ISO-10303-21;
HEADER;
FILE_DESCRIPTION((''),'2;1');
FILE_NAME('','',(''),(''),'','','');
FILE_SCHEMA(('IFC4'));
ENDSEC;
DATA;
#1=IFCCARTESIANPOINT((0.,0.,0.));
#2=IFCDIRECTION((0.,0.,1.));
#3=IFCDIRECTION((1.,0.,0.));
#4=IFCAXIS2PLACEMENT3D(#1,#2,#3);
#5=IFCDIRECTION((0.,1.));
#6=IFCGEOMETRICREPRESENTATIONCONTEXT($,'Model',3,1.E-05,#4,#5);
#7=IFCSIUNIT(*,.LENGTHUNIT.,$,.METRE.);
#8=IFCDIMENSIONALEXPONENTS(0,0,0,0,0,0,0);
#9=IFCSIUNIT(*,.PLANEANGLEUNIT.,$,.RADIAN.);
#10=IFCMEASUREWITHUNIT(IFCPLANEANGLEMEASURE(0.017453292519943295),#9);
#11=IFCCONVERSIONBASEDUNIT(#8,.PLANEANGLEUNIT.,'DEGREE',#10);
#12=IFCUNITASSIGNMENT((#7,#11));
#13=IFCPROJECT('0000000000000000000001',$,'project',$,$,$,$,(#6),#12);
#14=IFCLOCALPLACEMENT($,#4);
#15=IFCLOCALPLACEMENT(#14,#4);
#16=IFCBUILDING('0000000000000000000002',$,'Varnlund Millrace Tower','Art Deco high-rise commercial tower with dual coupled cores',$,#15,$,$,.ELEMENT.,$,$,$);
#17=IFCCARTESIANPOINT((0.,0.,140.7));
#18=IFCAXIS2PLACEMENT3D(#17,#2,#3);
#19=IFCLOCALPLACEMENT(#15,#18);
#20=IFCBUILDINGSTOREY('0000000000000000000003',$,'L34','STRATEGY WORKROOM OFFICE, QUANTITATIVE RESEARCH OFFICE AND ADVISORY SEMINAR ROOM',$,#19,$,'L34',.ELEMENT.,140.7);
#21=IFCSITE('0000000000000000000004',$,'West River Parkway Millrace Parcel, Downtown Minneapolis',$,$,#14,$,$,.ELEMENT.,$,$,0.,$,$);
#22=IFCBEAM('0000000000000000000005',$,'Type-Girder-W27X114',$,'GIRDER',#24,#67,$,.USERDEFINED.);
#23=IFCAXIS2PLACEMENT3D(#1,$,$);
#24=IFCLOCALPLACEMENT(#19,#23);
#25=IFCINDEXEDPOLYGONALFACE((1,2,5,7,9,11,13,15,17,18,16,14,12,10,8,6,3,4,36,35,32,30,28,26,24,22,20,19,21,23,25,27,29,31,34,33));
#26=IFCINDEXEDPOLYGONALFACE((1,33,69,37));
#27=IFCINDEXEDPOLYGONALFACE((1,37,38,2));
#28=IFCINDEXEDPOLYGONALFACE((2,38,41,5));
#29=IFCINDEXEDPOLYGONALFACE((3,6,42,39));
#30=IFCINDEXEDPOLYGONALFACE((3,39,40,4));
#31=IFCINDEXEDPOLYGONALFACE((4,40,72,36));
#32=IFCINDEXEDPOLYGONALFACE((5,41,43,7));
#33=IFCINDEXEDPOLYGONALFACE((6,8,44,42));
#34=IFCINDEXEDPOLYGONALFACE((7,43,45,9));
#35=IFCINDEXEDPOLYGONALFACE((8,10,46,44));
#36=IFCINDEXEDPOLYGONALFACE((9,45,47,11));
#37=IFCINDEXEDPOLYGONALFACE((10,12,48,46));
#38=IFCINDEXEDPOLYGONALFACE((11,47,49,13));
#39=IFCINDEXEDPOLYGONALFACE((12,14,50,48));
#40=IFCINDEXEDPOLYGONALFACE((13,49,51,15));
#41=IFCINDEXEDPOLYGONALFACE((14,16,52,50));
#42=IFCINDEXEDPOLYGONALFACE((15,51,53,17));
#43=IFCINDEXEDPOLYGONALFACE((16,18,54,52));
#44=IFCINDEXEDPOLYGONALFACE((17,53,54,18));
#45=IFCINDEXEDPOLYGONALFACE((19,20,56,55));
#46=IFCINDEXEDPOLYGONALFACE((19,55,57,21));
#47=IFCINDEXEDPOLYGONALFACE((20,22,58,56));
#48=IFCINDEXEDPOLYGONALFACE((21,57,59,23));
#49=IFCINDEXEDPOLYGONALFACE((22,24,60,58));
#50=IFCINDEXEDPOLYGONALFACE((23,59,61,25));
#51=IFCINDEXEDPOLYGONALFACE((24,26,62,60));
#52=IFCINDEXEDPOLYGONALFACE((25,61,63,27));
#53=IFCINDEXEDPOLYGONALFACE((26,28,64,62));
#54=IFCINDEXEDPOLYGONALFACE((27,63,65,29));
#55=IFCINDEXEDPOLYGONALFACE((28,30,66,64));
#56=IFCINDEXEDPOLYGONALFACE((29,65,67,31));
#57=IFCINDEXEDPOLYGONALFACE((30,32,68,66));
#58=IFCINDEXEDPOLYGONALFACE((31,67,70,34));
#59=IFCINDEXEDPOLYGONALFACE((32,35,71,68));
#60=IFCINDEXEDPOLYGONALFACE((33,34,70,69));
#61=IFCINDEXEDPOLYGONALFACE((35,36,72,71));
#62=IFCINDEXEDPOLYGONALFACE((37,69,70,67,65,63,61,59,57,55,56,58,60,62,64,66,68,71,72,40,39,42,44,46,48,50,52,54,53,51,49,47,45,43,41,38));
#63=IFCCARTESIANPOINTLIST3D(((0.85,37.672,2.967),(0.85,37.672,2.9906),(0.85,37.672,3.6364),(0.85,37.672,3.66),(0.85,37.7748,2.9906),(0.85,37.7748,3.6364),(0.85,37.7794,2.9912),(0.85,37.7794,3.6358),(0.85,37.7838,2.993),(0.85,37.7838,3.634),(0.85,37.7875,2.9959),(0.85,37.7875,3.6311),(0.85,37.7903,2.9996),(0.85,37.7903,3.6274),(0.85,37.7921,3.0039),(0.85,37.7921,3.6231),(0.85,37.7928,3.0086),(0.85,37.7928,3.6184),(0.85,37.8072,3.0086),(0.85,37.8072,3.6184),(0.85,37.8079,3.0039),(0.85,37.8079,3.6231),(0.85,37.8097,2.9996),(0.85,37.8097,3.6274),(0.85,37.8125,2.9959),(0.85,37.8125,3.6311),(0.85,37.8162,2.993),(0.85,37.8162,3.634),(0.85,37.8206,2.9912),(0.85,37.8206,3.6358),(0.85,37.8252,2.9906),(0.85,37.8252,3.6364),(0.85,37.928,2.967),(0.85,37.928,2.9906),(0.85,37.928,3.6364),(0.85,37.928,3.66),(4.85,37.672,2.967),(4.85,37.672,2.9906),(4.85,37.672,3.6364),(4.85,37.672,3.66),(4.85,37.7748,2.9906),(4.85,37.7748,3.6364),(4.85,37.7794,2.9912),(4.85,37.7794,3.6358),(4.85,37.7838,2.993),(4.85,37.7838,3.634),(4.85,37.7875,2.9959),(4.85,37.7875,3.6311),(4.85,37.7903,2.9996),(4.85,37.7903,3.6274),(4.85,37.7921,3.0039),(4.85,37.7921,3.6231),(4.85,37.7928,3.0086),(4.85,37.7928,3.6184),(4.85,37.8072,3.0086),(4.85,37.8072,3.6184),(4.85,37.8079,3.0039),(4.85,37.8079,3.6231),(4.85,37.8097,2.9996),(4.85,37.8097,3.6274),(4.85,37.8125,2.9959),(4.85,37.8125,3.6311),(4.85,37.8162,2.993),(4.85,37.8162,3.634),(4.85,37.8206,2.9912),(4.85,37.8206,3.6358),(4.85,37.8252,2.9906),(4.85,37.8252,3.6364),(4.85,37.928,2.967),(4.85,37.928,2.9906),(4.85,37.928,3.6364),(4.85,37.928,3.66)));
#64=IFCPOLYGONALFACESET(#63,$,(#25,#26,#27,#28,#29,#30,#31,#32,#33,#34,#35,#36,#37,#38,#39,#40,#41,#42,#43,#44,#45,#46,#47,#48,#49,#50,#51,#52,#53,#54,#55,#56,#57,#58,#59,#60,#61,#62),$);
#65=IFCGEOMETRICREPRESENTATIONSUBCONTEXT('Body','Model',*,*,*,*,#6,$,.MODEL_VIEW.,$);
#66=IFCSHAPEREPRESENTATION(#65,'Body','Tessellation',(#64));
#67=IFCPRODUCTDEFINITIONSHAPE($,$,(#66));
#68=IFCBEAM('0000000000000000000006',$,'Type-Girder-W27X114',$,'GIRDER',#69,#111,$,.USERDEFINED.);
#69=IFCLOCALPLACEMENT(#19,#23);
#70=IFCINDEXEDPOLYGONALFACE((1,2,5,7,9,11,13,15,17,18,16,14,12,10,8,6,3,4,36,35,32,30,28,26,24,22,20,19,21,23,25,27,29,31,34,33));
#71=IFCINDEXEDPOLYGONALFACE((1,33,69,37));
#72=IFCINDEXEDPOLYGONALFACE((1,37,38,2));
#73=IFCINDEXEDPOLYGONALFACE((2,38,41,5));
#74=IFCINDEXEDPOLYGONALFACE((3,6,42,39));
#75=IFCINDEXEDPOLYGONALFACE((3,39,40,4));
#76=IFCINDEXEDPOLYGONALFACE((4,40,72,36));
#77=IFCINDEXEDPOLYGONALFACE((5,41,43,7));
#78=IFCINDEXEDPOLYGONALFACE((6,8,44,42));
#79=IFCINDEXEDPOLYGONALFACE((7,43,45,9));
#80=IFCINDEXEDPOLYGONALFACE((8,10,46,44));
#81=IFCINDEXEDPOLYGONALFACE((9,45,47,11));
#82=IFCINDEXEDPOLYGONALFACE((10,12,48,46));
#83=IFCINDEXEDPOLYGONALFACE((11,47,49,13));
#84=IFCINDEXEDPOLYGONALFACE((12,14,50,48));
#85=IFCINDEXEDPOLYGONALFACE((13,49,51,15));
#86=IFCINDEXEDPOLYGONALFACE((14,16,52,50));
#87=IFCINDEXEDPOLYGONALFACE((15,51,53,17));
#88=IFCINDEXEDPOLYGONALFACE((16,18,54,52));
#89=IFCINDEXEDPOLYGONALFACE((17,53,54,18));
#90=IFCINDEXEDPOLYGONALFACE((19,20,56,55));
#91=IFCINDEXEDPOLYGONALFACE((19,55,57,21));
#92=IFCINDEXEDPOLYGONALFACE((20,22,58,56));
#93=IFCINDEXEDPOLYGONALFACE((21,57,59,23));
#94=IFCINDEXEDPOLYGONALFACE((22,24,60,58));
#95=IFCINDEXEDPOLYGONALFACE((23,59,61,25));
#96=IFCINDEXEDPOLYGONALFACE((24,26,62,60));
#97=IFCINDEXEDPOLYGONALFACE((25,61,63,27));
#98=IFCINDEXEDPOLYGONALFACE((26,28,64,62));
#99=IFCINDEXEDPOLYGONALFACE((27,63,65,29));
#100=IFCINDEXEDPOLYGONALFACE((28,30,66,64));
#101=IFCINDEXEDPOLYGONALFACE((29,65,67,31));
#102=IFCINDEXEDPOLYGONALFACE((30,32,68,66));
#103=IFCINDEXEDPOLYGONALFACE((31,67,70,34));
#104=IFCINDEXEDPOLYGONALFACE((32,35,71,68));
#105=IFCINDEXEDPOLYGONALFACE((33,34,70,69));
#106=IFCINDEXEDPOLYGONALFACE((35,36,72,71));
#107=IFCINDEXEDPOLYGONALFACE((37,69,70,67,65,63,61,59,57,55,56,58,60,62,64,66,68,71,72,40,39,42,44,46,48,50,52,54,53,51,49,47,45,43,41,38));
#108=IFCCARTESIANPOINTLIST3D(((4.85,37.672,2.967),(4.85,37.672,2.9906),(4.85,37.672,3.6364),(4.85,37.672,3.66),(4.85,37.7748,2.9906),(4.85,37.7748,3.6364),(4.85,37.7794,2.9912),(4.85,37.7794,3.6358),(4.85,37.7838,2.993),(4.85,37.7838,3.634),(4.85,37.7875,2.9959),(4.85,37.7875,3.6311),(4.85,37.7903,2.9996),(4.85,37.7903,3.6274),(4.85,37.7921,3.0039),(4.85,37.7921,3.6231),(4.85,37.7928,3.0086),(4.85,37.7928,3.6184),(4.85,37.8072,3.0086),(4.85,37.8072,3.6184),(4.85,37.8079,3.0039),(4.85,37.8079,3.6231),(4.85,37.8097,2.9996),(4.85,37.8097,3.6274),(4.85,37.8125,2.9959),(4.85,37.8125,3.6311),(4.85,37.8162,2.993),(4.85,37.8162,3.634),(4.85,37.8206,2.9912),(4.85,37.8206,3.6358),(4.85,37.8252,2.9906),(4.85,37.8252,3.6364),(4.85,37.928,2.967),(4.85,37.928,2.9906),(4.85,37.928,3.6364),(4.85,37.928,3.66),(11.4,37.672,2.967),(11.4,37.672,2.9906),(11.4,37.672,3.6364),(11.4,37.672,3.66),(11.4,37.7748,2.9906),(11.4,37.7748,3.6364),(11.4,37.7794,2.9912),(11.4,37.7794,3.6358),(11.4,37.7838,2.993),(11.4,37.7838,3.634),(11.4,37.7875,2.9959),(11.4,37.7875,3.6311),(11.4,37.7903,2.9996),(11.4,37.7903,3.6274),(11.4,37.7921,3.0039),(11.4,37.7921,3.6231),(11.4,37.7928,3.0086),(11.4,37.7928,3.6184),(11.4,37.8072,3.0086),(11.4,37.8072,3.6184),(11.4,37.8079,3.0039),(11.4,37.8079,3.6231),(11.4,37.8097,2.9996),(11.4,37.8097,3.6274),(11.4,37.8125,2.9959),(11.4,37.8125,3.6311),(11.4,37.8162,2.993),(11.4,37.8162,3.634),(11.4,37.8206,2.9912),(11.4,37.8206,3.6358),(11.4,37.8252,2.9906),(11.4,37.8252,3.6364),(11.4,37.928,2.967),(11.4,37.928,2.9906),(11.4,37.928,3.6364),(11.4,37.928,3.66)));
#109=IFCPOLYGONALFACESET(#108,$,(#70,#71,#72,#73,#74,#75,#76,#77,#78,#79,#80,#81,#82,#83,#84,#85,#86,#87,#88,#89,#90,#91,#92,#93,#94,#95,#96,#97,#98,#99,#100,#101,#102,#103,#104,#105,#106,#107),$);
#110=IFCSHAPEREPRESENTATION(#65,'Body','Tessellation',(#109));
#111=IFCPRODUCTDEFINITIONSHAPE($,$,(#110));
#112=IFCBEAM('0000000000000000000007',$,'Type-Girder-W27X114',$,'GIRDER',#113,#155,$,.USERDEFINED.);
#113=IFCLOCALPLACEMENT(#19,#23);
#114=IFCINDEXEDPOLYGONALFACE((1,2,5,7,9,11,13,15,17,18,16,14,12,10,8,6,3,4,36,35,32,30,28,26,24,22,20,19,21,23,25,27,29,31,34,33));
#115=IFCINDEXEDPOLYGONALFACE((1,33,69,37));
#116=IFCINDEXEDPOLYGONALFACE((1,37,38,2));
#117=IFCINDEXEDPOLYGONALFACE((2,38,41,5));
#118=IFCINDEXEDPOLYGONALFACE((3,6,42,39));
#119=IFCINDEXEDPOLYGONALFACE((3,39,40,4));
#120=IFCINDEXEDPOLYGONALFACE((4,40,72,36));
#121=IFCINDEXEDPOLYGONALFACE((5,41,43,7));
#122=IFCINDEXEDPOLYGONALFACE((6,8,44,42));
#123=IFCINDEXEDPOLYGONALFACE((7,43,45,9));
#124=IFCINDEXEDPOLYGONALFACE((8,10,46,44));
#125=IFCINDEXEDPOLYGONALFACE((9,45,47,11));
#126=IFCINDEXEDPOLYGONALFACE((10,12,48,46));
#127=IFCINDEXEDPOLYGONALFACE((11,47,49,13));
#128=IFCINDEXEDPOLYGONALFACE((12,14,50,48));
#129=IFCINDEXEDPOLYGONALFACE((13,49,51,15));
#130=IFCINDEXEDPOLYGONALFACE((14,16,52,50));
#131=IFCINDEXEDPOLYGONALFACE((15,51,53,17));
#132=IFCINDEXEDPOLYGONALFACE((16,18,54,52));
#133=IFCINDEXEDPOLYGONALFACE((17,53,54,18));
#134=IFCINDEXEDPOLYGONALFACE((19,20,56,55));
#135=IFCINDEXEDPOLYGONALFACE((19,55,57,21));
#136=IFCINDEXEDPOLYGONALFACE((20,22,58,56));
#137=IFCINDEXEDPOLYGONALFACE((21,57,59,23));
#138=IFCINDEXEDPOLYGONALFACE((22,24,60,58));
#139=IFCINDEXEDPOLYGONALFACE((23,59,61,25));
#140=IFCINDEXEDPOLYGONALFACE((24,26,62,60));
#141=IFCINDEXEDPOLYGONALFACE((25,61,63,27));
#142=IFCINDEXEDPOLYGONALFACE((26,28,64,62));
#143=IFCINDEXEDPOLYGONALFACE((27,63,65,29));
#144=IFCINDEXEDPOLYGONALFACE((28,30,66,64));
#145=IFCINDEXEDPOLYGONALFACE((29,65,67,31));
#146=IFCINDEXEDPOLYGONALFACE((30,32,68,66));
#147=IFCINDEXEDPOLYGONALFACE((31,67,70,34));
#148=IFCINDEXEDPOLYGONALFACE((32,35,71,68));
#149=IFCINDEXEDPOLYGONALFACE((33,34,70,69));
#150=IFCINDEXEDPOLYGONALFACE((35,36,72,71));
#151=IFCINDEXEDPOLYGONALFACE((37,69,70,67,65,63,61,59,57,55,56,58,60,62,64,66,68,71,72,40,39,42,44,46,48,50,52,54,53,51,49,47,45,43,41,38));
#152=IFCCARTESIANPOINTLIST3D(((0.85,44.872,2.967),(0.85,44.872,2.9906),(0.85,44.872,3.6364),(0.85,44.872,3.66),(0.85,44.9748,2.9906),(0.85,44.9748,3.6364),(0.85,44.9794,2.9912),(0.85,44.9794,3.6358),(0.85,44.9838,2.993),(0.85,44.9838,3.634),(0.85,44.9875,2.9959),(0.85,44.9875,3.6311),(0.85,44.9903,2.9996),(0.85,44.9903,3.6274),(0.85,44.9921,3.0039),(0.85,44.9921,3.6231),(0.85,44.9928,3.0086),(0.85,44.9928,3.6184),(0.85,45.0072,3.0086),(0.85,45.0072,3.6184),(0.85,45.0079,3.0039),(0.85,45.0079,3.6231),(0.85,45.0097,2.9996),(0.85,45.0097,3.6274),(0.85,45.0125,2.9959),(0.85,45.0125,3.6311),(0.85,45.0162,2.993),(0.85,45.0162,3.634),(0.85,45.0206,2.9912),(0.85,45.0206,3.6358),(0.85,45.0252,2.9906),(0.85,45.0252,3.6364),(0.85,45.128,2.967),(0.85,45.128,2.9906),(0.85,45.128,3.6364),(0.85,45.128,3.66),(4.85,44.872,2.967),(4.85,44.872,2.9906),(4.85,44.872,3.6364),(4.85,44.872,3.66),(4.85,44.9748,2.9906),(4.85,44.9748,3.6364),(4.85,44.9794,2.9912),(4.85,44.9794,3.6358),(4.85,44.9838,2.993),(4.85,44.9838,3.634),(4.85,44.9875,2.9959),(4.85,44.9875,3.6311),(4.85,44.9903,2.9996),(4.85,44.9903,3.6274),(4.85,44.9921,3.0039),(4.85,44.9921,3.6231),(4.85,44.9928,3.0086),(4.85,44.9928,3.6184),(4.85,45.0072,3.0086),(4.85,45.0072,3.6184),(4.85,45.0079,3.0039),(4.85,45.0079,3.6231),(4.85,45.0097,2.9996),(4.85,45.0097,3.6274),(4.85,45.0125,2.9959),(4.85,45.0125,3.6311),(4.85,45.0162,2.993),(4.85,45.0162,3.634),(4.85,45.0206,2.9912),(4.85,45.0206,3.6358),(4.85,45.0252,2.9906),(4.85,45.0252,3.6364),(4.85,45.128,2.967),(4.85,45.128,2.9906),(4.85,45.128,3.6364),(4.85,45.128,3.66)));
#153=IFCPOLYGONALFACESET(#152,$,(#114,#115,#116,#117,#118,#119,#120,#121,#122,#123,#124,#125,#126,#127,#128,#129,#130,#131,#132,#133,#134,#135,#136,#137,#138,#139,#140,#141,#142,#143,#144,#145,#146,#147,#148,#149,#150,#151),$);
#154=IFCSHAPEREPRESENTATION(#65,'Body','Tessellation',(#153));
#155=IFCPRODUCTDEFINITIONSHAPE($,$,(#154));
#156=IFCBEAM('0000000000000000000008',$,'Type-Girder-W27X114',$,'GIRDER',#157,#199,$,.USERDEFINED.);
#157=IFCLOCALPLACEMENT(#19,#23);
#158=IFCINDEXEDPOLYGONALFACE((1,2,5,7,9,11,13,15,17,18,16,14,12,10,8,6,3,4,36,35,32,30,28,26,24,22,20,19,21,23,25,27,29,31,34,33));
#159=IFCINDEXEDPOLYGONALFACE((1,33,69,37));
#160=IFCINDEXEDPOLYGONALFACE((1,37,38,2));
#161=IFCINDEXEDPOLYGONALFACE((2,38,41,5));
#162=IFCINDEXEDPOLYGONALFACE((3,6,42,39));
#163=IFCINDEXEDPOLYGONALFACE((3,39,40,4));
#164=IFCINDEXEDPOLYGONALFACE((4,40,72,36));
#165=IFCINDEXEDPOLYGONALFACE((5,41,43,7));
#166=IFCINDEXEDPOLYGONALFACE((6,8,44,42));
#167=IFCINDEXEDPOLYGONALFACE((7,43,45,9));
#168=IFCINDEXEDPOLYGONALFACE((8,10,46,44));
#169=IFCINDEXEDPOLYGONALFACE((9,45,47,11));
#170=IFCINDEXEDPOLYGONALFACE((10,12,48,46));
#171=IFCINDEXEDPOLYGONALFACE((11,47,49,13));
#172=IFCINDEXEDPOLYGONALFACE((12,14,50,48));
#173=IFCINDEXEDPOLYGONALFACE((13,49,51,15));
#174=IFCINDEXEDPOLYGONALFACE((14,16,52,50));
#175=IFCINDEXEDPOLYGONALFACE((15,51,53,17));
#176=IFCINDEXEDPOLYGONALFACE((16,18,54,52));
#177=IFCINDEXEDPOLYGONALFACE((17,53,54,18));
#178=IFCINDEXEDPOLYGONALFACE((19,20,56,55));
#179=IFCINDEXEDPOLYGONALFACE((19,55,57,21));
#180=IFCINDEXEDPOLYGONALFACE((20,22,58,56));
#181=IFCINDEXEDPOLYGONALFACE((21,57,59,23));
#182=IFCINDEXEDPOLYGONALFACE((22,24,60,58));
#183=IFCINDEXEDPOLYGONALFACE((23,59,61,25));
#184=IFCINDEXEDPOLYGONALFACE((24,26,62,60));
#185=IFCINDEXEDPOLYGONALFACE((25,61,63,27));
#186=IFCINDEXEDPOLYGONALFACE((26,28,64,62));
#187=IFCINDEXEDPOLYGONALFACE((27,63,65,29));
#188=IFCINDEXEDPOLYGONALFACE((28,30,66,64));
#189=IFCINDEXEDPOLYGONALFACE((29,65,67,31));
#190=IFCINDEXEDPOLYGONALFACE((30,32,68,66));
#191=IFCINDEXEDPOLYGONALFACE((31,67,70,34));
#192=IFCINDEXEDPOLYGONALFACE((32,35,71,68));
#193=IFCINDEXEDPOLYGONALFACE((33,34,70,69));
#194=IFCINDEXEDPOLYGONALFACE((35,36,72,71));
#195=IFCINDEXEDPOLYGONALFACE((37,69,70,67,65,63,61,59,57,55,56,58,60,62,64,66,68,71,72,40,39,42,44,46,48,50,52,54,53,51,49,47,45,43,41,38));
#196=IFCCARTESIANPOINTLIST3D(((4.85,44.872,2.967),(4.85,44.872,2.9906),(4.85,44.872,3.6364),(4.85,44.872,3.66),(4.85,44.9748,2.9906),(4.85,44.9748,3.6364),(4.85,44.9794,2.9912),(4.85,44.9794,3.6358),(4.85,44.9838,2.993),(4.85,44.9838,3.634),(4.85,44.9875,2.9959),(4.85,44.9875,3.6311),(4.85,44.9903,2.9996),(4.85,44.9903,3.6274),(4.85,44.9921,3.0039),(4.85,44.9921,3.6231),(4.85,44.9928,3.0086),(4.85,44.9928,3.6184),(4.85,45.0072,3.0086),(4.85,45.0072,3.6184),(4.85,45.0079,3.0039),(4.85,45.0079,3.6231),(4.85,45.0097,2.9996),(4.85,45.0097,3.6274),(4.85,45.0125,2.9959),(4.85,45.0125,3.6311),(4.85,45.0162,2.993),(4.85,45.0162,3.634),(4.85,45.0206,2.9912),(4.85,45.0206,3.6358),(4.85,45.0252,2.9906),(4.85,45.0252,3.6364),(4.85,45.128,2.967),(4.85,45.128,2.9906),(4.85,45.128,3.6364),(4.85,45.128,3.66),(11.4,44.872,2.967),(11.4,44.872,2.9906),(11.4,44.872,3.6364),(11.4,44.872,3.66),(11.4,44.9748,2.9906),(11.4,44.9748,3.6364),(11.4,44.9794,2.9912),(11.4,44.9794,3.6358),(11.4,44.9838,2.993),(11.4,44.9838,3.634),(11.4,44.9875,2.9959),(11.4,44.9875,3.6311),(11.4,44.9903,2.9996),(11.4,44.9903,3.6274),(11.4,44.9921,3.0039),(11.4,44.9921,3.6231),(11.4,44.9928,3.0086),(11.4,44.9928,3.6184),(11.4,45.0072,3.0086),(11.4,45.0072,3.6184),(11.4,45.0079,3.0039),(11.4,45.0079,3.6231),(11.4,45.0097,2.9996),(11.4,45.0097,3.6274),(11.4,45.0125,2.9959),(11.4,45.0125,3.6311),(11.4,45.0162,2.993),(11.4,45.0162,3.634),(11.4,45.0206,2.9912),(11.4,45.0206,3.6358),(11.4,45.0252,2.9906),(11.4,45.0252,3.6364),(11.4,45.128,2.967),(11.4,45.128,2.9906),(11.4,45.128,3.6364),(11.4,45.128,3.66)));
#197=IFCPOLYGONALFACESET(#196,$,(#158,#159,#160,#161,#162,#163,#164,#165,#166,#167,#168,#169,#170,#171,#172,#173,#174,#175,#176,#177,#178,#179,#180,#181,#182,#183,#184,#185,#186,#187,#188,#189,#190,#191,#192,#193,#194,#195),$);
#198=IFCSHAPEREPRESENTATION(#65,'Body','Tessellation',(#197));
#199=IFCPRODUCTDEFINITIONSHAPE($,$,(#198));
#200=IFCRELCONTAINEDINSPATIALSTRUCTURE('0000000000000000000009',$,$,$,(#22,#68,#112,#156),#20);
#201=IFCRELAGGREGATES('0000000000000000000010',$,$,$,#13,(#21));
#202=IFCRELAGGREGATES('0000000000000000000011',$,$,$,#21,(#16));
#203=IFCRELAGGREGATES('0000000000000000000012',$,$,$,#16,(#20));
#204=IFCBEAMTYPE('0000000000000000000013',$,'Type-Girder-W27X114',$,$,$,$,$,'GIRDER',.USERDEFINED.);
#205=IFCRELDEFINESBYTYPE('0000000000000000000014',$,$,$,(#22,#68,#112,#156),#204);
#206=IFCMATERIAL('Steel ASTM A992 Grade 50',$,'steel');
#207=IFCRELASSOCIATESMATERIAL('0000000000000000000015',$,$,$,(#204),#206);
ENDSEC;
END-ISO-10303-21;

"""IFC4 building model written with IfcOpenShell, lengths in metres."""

from ifc_helpers import new_model, entity, si_unit, converted_unit, direction, frame, origin_with_axes, origin_2d_with_axis, place, context, subcontext, project, spatial, i_section, extrude, material, material_profile, profile_set, type_object, element, save


model = new_model("IFC4")

# Units and contexts
model_context = context("Model", 3, precision=1e-05, world=origin_with_axes(), true_north=direction((0.0, 1.0)))
body_context = subcontext(model_context, "Body", "Model", "MODEL_VIEW")
ifc_project = project(units=[si_unit("LENGTHUNIT", "METRE"), converted_unit("PLANEANGLEUNIT", "DEGREE", entity("IfcPlaneAngleMeasure", 0.017453292519943295), si_unit("PLANEANGLEUNIT", "RADIAN"), dimensions=[0, 0, 0, 0, 0, 0, 0])], contexts=[model_context])

# Site, building, storey
site_placement = place(None, origin_with_axes())
site = spatial("IfcSite", under=ifc_project, at=site_placement, Name="West River Parkway Millrace Parcel, Downtown Minneapolis", CompositionType="ELEMENT", RefElevation=0.0)
building_placement = place(site_placement, origin_with_axes())
building = spatial("IfcBuilding", under=site, at=building_placement, Name="Varnlund Millrace Tower", Description="Art Deco high-rise commercial tower with dual coupled cores", CompositionType="ELEMENT")
storey_placement = place(building_placement, frame((0.0, 0.0, 140.7), z_axis=(0.0, 0.0, 1.0), x_axis=(1.0, 0.0, 0.0)))
storey = spatial("IfcBuildingStorey", under=building, at=storey_placement, Name="L34", Description="STRATEGY WORKROOM OFFICE, QUANTITATIVE RESEARCH OFFICE AND ADVISORY SEMINAR ROOM", LongName="L34", CompositionType="ELEMENT", Elevation=140.7)

# Beams
ifc_material_1 = material(Name="Steel ASTM A992 Grade 50", Category="steel")
ifc_material_profile_1 = material_profile(ifc_material_1, i_section(OverallWidth=0.256, OverallDepth=0.693, WebThickness=0.0145, FlangeThickness=0.0236, FilletRadius=0.018, at=origin_2d_with_axis()), Name="Steel ASTM A992 Grade 50")
ifc_profile_set_1 = profile_set([ifc_material_profile_1], Name="Steel ASTM A992 Grade 50")
beam_type_1 = type_object("IfcBeamType", Name="Type-Girder-W27X114", ElementType="GIRDER", PredefinedType="USERDEFINED", material=ifc_profile_set_1)
beam_1_placement = place(storey_placement, frame((0.85, 37.8, 3.3135), z_axis=(1.0, 0.0, 0.0), x_axis=(0.0, 1.0, 0.0)))
element("IfcBeam", 1, at=beam_1_placement, inside=storey, type_object=beam_type_1, Name="Type-Girder-W27X114", ObjectType="GIRDER", PredefinedType="USERDEFINED", context=body_context, shape_type="SweptSolid", body=[
    extrude(i_section(OverallWidth=0.256, OverallDepth=0.693, WebThickness=0.0145, FlangeThickness=0.0236, FilletRadius=0.018, at=origin_2d_with_axis()), origin_with_axes(), (0.0, 0.0, 1.0), 4.0),
])
beam_2_placement = place(storey_placement, frame((4.85, 37.8, 3.3135), z_axis=(1.0, 0.0, 0.0), x_axis=(0.0, 1.0, 0.0)))
element("IfcBeam", 2, at=beam_2_placement, inside=storey, type_object=beam_type_1, Name="Type-Girder-W27X114", ObjectType="GIRDER", PredefinedType="USERDEFINED", context=body_context, shape_type="SweptSolid", body=[
    extrude(i_section(OverallWidth=0.256, OverallDepth=0.693, WebThickness=0.0145, FlangeThickness=0.0236, FilletRadius=0.018, at=origin_2d_with_axis()), origin_with_axes(), (0.0, 0.0, 1.0), 6.55),
])
beam_3_placement = place(storey_placement, frame((0.85, 45.0, 3.3135), z_axis=(1.0, 0.0, 0.0), x_axis=(0.0, 1.0, 0.0)))
element("IfcBeam", 3, at=beam_3_placement, inside=storey, type_object=beam_type_1, Name="Type-Girder-W27X114", ObjectType="GIRDER", PredefinedType="USERDEFINED", context=body_context, shape_type="SweptSolid", body=[
    extrude(i_section(OverallWidth=0.256, OverallDepth=0.693, WebThickness=0.0145, FlangeThickness=0.0236, FilletRadius=0.018, at=origin_2d_with_axis()), origin_with_axes(), (0.0, 0.0, 1.0), 4.0),
])
beam_4_placement = place(storey_placement, frame((4.85, 45.0, 3.3135), z_axis=(1.0, 0.0, 0.0), x_axis=(0.0, 1.0, 0.0)))
element("IfcBeam", 4, at=beam_4_placement, inside=storey, type_object=beam_type_1, Name="Type-Girder-W27X114", ObjectType="GIRDER", PredefinedType="USERDEFINED", context=body_context, shape_type="SweptSolid", body=[
    extrude(i_section(OverallWidth=0.256, OverallDepth=0.693, WebThickness=0.0145, FlangeThickness=0.0236, FilletRadius=0.018, at=origin_2d_with_axis()), origin_with_axes(), (0.0, 0.0, 1.0), 6.55),
])

save(model, "model.ifc")
